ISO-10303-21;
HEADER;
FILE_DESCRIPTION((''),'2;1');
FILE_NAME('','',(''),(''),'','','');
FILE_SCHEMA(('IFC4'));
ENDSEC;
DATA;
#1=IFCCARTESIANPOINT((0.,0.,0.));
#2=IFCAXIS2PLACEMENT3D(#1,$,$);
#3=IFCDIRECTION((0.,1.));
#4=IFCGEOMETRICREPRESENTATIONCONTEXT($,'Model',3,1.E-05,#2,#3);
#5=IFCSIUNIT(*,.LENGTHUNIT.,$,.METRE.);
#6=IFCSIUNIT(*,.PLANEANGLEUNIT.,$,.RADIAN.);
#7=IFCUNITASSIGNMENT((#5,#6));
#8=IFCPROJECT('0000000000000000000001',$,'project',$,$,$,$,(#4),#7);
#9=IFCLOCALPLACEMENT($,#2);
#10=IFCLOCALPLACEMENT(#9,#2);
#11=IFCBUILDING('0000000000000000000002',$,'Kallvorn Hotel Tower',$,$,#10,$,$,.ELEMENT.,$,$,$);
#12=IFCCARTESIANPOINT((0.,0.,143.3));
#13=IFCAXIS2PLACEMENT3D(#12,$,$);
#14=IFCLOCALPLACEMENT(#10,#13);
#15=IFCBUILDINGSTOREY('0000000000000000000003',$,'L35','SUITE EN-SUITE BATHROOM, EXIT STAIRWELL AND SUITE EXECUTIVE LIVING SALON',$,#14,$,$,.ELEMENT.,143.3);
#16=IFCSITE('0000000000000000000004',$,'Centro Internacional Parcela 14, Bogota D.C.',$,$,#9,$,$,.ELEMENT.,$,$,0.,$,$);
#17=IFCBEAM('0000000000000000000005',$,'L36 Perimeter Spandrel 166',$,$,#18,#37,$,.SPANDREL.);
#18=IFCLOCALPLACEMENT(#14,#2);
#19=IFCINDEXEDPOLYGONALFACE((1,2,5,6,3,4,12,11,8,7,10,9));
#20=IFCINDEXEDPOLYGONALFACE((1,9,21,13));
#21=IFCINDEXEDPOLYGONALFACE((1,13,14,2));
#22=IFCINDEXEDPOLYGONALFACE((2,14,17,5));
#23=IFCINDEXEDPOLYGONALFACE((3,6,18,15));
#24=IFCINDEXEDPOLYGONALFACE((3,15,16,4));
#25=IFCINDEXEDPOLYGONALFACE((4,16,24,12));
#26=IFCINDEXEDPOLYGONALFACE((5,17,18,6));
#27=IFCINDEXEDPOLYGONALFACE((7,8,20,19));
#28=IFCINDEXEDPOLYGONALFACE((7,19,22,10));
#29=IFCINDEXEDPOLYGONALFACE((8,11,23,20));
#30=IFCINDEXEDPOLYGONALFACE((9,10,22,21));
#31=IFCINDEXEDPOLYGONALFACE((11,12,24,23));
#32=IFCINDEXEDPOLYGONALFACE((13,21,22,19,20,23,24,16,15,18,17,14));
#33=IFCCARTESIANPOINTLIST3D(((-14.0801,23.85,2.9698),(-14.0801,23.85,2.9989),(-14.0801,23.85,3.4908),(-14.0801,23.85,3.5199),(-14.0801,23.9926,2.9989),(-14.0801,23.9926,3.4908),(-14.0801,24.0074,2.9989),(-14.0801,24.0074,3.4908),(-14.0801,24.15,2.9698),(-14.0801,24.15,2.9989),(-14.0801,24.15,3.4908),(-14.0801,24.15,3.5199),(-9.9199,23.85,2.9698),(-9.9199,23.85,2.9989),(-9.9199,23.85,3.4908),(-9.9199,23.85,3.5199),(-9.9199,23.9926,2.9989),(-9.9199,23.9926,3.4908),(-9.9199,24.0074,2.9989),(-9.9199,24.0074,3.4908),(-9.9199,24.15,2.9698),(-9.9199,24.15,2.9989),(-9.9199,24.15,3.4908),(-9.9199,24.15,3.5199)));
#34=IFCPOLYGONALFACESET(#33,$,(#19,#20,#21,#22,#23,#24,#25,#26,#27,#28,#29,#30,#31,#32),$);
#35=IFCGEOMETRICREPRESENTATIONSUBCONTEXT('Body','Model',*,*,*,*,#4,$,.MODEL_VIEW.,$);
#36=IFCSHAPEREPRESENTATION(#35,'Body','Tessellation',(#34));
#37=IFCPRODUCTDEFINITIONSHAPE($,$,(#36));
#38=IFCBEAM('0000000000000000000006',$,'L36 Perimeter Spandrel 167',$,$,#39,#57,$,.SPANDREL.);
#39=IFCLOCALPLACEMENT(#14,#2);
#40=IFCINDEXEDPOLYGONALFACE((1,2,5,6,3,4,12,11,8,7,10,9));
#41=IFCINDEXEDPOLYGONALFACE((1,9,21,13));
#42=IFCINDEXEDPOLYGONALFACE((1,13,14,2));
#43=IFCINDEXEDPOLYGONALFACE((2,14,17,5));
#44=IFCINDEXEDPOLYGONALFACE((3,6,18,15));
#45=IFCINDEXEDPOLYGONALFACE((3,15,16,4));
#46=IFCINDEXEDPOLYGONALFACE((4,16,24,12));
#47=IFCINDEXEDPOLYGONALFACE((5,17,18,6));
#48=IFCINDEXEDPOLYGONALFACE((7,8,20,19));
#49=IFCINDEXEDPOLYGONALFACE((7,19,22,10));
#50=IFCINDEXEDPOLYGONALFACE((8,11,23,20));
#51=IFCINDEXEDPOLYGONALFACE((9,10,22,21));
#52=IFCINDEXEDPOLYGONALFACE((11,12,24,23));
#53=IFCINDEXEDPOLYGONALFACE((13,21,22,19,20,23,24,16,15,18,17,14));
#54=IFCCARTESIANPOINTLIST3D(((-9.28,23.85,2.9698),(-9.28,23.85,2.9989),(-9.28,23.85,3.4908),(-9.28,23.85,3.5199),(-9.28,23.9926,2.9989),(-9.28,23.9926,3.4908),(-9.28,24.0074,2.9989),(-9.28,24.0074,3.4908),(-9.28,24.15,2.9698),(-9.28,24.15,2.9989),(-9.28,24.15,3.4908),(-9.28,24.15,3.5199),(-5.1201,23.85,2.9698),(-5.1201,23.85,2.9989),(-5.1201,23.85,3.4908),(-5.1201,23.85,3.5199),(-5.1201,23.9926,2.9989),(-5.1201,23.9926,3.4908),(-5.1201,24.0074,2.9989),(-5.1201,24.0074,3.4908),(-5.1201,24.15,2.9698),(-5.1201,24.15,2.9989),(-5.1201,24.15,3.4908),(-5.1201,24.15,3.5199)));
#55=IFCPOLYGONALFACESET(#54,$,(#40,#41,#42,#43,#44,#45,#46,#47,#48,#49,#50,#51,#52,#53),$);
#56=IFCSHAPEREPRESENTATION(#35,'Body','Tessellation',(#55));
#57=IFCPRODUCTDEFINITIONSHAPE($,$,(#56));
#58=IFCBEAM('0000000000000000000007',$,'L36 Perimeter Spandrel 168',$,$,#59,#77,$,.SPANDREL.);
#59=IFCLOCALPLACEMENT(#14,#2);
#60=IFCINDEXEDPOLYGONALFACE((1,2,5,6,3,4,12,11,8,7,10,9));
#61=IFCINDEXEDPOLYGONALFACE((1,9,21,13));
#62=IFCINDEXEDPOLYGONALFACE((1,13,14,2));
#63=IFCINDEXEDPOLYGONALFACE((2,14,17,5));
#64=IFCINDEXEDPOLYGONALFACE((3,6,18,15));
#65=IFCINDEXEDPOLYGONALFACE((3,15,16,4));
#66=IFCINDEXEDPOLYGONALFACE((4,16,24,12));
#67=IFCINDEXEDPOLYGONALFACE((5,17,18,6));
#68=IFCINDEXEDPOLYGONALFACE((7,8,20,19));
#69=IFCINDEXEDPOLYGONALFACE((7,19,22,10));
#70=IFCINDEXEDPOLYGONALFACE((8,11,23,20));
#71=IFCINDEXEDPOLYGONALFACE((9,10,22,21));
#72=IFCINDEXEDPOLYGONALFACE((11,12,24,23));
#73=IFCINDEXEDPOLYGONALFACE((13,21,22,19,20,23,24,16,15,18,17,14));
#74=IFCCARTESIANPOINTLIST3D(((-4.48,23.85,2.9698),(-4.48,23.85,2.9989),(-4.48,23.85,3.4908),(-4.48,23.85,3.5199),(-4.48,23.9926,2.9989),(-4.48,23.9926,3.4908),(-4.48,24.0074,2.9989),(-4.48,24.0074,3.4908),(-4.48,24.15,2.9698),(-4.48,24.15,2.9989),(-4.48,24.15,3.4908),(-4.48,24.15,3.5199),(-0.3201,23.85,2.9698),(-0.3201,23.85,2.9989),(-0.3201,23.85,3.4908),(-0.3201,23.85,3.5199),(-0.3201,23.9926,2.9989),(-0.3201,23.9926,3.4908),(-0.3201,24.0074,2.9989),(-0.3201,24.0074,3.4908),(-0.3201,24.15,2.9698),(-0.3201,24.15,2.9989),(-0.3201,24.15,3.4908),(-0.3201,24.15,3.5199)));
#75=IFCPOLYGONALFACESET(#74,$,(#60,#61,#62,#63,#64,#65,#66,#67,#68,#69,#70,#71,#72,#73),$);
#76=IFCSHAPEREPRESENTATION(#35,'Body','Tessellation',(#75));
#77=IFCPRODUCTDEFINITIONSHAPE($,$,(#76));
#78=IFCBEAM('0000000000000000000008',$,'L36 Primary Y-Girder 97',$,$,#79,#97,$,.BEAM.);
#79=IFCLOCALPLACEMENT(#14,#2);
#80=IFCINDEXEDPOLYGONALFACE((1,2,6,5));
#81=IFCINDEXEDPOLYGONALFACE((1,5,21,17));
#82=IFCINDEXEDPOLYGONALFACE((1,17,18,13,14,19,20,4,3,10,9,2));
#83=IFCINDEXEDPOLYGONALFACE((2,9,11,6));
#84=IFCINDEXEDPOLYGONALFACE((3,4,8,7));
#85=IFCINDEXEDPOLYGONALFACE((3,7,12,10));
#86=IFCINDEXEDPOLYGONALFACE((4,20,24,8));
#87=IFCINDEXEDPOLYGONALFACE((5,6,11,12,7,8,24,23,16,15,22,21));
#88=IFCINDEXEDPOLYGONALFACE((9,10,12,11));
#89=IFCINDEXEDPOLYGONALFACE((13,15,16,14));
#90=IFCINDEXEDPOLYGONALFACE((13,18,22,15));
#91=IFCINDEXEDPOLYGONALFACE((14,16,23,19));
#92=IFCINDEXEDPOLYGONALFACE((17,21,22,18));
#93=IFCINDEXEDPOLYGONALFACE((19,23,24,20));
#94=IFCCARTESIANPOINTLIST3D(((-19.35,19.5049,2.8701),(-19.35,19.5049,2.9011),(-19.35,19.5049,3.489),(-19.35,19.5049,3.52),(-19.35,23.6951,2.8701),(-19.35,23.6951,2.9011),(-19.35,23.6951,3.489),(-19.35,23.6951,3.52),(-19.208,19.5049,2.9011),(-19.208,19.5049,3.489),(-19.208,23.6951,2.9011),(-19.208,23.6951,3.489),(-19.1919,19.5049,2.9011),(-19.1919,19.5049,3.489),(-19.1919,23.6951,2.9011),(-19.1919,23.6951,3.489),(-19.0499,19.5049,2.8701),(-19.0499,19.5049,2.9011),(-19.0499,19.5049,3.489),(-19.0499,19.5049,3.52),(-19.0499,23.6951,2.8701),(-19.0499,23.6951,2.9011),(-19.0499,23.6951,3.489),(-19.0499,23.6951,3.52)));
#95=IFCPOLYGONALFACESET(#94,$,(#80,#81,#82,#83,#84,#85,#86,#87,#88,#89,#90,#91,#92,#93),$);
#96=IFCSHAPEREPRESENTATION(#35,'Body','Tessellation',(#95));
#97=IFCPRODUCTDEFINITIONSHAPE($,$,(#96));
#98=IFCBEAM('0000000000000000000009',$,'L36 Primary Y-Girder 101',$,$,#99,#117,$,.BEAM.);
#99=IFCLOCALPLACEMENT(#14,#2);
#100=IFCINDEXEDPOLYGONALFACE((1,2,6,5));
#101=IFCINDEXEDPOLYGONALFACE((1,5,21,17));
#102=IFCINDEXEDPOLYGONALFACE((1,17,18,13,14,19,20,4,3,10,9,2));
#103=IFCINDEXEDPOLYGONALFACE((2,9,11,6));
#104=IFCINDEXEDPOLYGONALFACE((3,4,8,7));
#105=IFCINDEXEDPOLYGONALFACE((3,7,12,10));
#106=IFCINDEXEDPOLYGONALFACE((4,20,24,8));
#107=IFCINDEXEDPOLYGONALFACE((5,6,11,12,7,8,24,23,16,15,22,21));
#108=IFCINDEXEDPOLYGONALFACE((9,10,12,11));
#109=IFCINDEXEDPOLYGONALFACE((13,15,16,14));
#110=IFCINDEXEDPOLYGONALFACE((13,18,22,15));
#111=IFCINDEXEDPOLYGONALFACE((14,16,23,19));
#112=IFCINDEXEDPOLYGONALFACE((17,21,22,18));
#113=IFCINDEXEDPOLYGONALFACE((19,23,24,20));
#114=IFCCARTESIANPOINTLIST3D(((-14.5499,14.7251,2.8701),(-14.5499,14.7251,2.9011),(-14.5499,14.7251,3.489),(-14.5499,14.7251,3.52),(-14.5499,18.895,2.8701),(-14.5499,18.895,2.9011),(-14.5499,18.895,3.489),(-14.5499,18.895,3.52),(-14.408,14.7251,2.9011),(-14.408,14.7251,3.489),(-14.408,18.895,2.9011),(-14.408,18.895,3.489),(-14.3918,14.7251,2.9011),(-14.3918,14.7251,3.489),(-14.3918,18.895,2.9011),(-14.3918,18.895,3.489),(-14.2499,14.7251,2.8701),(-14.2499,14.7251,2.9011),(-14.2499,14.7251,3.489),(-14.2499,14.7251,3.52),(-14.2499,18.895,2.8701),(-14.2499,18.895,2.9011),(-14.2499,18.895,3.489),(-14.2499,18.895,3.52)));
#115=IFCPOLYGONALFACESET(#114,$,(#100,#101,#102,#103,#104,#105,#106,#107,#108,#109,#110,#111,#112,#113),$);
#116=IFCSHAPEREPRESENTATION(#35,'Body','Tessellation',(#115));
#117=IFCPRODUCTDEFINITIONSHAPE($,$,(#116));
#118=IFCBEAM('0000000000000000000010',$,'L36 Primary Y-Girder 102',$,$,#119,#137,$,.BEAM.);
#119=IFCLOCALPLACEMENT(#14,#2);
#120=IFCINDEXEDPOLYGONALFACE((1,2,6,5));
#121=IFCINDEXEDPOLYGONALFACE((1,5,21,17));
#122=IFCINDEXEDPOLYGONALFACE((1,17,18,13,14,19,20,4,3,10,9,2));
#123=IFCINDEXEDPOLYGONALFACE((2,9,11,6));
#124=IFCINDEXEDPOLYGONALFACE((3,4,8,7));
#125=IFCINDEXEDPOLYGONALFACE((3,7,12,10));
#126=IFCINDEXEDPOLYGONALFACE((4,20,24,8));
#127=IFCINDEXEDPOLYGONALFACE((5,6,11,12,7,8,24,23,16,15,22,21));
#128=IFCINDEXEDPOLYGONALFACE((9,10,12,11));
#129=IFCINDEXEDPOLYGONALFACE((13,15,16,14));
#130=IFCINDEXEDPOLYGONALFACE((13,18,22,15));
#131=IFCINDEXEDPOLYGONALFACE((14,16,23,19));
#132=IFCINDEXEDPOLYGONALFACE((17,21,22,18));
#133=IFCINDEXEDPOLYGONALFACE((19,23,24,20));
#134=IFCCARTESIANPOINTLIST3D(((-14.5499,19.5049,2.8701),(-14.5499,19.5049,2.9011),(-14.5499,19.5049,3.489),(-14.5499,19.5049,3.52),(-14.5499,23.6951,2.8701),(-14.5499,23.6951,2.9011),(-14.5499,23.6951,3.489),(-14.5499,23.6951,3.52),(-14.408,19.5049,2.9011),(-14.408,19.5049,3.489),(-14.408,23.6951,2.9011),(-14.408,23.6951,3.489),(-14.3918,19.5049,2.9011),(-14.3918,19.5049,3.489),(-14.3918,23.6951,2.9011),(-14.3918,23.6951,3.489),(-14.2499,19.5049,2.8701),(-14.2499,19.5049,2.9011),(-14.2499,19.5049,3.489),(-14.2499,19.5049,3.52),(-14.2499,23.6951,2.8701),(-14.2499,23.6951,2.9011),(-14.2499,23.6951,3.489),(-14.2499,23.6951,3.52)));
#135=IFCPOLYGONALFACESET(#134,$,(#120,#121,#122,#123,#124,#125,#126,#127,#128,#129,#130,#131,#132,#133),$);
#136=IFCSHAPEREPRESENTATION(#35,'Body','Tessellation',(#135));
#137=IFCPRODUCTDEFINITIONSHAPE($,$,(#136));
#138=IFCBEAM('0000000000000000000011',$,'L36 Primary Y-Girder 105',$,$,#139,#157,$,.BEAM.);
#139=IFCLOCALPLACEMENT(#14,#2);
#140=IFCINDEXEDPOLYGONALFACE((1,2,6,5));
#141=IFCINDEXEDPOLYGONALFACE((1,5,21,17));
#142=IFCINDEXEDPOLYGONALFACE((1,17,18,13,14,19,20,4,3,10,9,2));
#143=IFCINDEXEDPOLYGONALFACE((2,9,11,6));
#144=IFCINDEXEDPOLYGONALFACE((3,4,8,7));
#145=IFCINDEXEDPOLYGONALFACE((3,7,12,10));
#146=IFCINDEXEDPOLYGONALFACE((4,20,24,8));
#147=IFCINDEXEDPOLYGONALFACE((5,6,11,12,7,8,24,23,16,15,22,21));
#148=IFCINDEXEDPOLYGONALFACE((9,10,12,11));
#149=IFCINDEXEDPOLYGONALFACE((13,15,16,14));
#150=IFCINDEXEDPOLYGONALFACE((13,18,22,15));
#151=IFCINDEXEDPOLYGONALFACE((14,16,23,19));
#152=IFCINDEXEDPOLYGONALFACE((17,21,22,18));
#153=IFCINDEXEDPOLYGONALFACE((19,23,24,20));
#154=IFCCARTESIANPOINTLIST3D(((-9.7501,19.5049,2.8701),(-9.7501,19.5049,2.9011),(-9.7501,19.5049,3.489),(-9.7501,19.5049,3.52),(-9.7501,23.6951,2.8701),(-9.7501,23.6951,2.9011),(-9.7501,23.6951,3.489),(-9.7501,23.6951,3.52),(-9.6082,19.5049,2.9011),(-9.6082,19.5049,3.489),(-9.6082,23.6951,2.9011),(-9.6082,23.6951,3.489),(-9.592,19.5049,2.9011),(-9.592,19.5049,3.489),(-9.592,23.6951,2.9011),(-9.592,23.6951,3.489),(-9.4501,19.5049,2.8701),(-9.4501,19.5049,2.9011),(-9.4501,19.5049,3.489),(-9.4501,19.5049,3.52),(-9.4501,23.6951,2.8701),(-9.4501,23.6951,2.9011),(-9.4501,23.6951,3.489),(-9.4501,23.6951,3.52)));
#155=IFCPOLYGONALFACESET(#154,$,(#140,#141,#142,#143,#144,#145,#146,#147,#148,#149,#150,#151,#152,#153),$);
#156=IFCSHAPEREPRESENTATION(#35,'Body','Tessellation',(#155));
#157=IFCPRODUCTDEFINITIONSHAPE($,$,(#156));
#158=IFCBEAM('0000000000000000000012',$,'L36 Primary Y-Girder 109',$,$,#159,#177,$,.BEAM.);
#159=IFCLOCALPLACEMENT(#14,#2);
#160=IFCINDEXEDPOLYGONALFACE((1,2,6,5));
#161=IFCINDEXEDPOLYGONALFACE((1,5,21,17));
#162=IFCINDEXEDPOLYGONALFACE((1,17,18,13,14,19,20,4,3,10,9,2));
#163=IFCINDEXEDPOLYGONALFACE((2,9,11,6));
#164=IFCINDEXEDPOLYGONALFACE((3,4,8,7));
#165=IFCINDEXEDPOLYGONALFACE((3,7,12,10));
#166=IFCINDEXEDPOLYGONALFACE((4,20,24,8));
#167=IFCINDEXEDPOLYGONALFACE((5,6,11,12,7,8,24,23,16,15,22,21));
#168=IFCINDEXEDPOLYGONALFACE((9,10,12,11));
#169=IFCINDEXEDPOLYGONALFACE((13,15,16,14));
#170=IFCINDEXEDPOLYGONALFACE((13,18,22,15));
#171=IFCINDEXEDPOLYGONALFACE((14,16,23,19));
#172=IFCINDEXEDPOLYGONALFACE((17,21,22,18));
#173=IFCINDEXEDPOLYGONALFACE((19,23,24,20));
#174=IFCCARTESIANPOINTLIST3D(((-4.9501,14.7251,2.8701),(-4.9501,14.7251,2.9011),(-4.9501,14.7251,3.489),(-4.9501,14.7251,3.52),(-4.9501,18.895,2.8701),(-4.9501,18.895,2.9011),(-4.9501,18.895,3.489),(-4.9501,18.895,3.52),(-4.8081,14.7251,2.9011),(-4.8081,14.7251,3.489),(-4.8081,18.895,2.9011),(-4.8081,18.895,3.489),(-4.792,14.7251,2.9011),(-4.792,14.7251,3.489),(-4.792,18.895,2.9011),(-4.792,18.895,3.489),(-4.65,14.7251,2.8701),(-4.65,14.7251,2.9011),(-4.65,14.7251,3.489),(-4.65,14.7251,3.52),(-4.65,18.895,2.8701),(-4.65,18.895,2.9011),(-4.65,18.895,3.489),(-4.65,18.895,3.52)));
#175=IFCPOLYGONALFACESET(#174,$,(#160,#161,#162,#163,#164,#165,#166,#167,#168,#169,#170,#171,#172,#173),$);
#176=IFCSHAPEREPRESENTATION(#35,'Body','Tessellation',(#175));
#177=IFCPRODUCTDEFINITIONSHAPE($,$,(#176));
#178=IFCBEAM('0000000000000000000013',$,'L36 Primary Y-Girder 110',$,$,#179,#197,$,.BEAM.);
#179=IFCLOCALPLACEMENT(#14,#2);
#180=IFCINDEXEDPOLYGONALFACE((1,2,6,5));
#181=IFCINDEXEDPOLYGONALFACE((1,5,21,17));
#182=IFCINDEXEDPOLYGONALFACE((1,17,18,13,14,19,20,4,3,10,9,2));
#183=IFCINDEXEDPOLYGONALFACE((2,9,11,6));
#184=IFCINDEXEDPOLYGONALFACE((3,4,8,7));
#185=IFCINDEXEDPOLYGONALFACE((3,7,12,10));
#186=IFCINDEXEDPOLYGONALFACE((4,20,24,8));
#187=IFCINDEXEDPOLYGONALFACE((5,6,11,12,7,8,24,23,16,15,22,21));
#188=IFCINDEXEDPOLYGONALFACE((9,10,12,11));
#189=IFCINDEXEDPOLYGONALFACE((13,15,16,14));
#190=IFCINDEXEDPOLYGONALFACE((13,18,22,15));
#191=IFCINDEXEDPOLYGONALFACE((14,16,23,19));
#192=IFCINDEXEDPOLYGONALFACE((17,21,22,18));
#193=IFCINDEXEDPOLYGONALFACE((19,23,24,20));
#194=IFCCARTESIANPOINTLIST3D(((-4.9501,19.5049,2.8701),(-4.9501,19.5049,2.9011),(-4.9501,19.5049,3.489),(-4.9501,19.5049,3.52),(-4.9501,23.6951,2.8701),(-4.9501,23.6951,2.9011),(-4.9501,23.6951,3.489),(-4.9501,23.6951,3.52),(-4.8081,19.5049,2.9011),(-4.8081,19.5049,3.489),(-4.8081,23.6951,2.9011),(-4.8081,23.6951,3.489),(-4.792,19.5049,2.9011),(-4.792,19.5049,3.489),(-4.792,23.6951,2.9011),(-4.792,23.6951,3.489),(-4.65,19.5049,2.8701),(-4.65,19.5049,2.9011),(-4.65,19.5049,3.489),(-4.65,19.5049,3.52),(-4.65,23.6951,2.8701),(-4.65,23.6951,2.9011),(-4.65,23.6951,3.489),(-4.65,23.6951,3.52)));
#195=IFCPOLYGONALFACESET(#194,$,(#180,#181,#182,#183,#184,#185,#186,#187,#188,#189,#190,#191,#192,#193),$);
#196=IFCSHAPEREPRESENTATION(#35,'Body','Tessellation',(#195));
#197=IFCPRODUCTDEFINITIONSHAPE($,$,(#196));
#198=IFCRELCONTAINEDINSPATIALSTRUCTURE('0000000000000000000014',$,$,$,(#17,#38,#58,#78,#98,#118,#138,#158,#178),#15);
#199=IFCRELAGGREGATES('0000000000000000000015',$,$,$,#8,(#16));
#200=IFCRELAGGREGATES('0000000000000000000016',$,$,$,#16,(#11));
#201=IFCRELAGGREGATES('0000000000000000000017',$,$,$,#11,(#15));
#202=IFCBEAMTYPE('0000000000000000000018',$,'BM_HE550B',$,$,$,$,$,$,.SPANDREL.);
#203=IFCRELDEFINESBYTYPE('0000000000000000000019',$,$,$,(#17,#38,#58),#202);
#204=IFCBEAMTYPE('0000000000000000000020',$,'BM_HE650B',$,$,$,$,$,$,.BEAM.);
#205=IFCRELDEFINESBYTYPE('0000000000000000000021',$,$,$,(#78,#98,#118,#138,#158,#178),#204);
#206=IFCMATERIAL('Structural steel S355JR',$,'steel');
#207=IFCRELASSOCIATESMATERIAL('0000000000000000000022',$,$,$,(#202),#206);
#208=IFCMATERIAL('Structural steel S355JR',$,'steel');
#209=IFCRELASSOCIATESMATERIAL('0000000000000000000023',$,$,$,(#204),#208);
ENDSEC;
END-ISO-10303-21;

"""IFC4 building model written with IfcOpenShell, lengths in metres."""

from ifc_helpers import new_model, si_unit, direction, frame, origin, origin_2d, place, context, subcontext, project, spatial, i_section, extrude, material, material_profile, profile_set, type_object, element, save


model = new_model("IFC4")

# Units and contexts
model_context = context("Model", 3, precision=1e-05, world=origin(), true_north=direction((0.0, 1.0)))
body_context = subcontext(model_context, "Body", "Model", "MODEL_VIEW")
ifc_project = project(units=[si_unit("LENGTHUNIT", "METRE"), si_unit("PLANEANGLEUNIT", "RADIAN")], contexts=[model_context])

# Site, building, storey
site_placement = place(None, origin())
site = spatial("IfcSite", under=ifc_project, at=site_placement, Name="Centro Internacional Parcela 14, Bogota D.C.", CompositionType="ELEMENT", RefElevation=0.0)
building_placement = place(site_placement, origin())
building = spatial("IfcBuilding", under=site, at=building_placement, Name="Kallvorn Hotel Tower", CompositionType="ELEMENT")
storey_placement = place(building_placement, frame((0.0, 0.0, 143.3)))
storey = spatial("IfcBuildingStorey", under=building, at=storey_placement, Name="L35", Description="SUITE EN-SUITE BATHROOM, EXIT STAIRWELL AND SUITE EXECUTIVE LIVING SALON", CompositionType="ELEMENT", Elevation=143.3)

# Beams
ifc_material_1 = material(Name="Structural steel S355JR", Category="steel")
ifc_material_profile_1 = material_profile(ifc_material_1, i_section(OverallWidth=0.3, OverallDepth=0.55, WebThickness=0.0149, FlangeThickness=0.0291, at=origin_2d()), Name="HE 550 B")
ifc_profile_set_1 = profile_set([ifc_material_profile_1], Name="Structural steel S355JR")
beam_type_1 = type_object("IfcBeamType", Name="BM_HE550B", PredefinedType="SPANDREL", material=ifc_profile_set_1)
beam_1_placement = place(storey_placement, frame((-14.0801, 24.0, 3.2449), z_axis=(1.0, 0.0, 0.0), x_axis=(0.0, 1.0, 0.0)))
element("IfcBeam", 1, at=beam_1_placement, inside=storey, type_object=beam_type_1, Name="L36 Perimeter Spandrel 166", PredefinedType="SPANDREL", context=body_context, shape_type="SweptSolid", body=[
    extrude(i_section(OverallWidth=0.3, OverallDepth=0.55, WebThickness=0.0149, FlangeThickness=0.0291, at=origin_2d()), origin(), (0.0, 0.0, 1.0), 4.1602),
])
for number, where, z_axis, x_axis, name in (
    (2, (-9.28, 24.0, 3.2449), (1.0, 0.0, 0.0), (0.0, 1.0, 0.0), "L36 Perimeter Spandrel 167"),
    (3, (-4.48, 24.0, 3.2449), (1.0, 0.0, 0.0), (0.0, 1.0, 0.0), "L36 Perimeter Spandrel 168"),
):
    element("IfcBeam", number, at=place(storey_placement, frame(where, z_axis=z_axis, x_axis=x_axis)), inside=storey, type_object=beam_type_1, Name=name, PredefinedType="SPANDREL", context=body_context, shape_type="SweptSolid", body=[
        extrude(i_section(OverallWidth=0.3, OverallDepth=0.55, WebThickness=0.0149, FlangeThickness=0.0291, at=origin_2d()), origin(), (0.0, 0.0, 1.0), 4.1599),
    ])
ifc_material_2 = material(Name="Structural steel S355JR", Category="steel")
ifc_material_profile_2 = material_profile(ifc_material_2, i_section(OverallWidth=0.3, OverallDepth=0.6499, WebThickness=0.0161, FlangeThickness=0.031, at=origin_2d()), Name="HE 650 B")
ifc_profile_set_2 = profile_set([ifc_material_profile_2], Name="Structural steel S355JR")
beam_type_2 = type_object("IfcBeamType", Name="BM_HE650B", PredefinedType="BEAM", material=ifc_profile_set_2)
beam_2_placement = place(storey_placement, frame((-19.2, 19.5049, 3.1951), z_axis=(0.0, 1.0, 0.0), x_axis=(-1.0, 0.0, 0.0)))
element("IfcBeam", 4, at=beam_2_placement, inside=storey, type_object=beam_type_2, Name="L36 Primary Y-Girder 97", PredefinedType="BEAM", context=body_context, shape_type="SweptSolid", body=[
    extrude(i_section(OverallWidth=0.3, OverallDepth=0.6499, WebThickness=0.0161, FlangeThickness=0.031, at=origin_2d()), origin(), (0.0, 0.0, 1.0), 4.1902),
])
beam_3_placement = place(storey_placement, frame((-14.3999, 14.7251, 3.1951), z_axis=(0.0, 1.0, 0.0), x_axis=(-1.0, 0.0, 0.0)))
element("IfcBeam", 5, at=beam_3_placement, inside=storey, type_object=beam_type_2, Name="L36 Primary Y-Girder 101", PredefinedType="BEAM", context=body_context, shape_type="SweptSolid", body=[
    extrude(i_section(OverallWidth=0.3, OverallDepth=0.6499, WebThickness=0.0161, FlangeThickness=0.031, at=origin_2d()), origin(), (0.0, 0.0, 1.0), 4.1699),
])
for number, where, z_axis, x_axis, name in (
    (6, (-14.3999, 19.5049, 3.1951), (0.0, 1.0, 0.0), (-1.0, 0.0, 0.0), "L36 Primary Y-Girder 102"),
    (7, (-9.6001, 19.5049, 3.1951), (0.0, 1.0, 0.0), (-1.0, 0.0, 0.0), "L36 Primary Y-Girder 105"),
):
    element("IfcBeam", number, at=place(storey_placement, frame(where, z_axis=z_axis, x_axis=x_axis)), inside=storey, type_object=beam_type_2, Name=name, PredefinedType="BEAM", context=body_context, shape_type="SweptSolid", body=[
        extrude(i_section(OverallWidth=0.3, OverallDepth=0.6499, WebThickness=0.0161, FlangeThickness=0.031, at=origin_2d()), origin(), (0.0, 0.0, 1.0), 4.1902),
    ])
beam_4_placement = place(storey_placement, frame((-4.8, 14.7251, 3.1951), z_axis=(0.0, 1.0, 0.0), x_axis=(-1.0, 0.0, 0.0)))
element("IfcBeam", 8, at=beam_4_placement, inside=storey, type_object=beam_type_2, Name="L36 Primary Y-Girder 109", PredefinedType="BEAM", context=body_context, shape_type="SweptSolid", body=[
    extrude(i_section(OverallWidth=0.3, OverallDepth=0.6499, WebThickness=0.0161, FlangeThickness=0.031, at=origin_2d()), origin(), (0.0, 0.0, 1.0), 4.1699),
])
beam_5_placement = place(storey_placement, frame((-4.8, 19.5049, 3.1951), z_axis=(0.0, 1.0, 0.0), x_axis=(-1.0, 0.0, 0.0)))
element("IfcBeam", 9, at=beam_5_placement, inside=storey, type_object=beam_type_2, Name="L36 Primary Y-Girder 110", PredefinedType="BEAM", context=body_context, shape_type="SweptSolid", body=[
    extrude(i_section(OverallWidth=0.3, OverallDepth=0.6499, WebThickness=0.0161, FlangeThickness=0.031, at=origin_2d()), origin(), (0.0, 0.0, 1.0), 4.1902),
])

save(model, "model.ifc")
